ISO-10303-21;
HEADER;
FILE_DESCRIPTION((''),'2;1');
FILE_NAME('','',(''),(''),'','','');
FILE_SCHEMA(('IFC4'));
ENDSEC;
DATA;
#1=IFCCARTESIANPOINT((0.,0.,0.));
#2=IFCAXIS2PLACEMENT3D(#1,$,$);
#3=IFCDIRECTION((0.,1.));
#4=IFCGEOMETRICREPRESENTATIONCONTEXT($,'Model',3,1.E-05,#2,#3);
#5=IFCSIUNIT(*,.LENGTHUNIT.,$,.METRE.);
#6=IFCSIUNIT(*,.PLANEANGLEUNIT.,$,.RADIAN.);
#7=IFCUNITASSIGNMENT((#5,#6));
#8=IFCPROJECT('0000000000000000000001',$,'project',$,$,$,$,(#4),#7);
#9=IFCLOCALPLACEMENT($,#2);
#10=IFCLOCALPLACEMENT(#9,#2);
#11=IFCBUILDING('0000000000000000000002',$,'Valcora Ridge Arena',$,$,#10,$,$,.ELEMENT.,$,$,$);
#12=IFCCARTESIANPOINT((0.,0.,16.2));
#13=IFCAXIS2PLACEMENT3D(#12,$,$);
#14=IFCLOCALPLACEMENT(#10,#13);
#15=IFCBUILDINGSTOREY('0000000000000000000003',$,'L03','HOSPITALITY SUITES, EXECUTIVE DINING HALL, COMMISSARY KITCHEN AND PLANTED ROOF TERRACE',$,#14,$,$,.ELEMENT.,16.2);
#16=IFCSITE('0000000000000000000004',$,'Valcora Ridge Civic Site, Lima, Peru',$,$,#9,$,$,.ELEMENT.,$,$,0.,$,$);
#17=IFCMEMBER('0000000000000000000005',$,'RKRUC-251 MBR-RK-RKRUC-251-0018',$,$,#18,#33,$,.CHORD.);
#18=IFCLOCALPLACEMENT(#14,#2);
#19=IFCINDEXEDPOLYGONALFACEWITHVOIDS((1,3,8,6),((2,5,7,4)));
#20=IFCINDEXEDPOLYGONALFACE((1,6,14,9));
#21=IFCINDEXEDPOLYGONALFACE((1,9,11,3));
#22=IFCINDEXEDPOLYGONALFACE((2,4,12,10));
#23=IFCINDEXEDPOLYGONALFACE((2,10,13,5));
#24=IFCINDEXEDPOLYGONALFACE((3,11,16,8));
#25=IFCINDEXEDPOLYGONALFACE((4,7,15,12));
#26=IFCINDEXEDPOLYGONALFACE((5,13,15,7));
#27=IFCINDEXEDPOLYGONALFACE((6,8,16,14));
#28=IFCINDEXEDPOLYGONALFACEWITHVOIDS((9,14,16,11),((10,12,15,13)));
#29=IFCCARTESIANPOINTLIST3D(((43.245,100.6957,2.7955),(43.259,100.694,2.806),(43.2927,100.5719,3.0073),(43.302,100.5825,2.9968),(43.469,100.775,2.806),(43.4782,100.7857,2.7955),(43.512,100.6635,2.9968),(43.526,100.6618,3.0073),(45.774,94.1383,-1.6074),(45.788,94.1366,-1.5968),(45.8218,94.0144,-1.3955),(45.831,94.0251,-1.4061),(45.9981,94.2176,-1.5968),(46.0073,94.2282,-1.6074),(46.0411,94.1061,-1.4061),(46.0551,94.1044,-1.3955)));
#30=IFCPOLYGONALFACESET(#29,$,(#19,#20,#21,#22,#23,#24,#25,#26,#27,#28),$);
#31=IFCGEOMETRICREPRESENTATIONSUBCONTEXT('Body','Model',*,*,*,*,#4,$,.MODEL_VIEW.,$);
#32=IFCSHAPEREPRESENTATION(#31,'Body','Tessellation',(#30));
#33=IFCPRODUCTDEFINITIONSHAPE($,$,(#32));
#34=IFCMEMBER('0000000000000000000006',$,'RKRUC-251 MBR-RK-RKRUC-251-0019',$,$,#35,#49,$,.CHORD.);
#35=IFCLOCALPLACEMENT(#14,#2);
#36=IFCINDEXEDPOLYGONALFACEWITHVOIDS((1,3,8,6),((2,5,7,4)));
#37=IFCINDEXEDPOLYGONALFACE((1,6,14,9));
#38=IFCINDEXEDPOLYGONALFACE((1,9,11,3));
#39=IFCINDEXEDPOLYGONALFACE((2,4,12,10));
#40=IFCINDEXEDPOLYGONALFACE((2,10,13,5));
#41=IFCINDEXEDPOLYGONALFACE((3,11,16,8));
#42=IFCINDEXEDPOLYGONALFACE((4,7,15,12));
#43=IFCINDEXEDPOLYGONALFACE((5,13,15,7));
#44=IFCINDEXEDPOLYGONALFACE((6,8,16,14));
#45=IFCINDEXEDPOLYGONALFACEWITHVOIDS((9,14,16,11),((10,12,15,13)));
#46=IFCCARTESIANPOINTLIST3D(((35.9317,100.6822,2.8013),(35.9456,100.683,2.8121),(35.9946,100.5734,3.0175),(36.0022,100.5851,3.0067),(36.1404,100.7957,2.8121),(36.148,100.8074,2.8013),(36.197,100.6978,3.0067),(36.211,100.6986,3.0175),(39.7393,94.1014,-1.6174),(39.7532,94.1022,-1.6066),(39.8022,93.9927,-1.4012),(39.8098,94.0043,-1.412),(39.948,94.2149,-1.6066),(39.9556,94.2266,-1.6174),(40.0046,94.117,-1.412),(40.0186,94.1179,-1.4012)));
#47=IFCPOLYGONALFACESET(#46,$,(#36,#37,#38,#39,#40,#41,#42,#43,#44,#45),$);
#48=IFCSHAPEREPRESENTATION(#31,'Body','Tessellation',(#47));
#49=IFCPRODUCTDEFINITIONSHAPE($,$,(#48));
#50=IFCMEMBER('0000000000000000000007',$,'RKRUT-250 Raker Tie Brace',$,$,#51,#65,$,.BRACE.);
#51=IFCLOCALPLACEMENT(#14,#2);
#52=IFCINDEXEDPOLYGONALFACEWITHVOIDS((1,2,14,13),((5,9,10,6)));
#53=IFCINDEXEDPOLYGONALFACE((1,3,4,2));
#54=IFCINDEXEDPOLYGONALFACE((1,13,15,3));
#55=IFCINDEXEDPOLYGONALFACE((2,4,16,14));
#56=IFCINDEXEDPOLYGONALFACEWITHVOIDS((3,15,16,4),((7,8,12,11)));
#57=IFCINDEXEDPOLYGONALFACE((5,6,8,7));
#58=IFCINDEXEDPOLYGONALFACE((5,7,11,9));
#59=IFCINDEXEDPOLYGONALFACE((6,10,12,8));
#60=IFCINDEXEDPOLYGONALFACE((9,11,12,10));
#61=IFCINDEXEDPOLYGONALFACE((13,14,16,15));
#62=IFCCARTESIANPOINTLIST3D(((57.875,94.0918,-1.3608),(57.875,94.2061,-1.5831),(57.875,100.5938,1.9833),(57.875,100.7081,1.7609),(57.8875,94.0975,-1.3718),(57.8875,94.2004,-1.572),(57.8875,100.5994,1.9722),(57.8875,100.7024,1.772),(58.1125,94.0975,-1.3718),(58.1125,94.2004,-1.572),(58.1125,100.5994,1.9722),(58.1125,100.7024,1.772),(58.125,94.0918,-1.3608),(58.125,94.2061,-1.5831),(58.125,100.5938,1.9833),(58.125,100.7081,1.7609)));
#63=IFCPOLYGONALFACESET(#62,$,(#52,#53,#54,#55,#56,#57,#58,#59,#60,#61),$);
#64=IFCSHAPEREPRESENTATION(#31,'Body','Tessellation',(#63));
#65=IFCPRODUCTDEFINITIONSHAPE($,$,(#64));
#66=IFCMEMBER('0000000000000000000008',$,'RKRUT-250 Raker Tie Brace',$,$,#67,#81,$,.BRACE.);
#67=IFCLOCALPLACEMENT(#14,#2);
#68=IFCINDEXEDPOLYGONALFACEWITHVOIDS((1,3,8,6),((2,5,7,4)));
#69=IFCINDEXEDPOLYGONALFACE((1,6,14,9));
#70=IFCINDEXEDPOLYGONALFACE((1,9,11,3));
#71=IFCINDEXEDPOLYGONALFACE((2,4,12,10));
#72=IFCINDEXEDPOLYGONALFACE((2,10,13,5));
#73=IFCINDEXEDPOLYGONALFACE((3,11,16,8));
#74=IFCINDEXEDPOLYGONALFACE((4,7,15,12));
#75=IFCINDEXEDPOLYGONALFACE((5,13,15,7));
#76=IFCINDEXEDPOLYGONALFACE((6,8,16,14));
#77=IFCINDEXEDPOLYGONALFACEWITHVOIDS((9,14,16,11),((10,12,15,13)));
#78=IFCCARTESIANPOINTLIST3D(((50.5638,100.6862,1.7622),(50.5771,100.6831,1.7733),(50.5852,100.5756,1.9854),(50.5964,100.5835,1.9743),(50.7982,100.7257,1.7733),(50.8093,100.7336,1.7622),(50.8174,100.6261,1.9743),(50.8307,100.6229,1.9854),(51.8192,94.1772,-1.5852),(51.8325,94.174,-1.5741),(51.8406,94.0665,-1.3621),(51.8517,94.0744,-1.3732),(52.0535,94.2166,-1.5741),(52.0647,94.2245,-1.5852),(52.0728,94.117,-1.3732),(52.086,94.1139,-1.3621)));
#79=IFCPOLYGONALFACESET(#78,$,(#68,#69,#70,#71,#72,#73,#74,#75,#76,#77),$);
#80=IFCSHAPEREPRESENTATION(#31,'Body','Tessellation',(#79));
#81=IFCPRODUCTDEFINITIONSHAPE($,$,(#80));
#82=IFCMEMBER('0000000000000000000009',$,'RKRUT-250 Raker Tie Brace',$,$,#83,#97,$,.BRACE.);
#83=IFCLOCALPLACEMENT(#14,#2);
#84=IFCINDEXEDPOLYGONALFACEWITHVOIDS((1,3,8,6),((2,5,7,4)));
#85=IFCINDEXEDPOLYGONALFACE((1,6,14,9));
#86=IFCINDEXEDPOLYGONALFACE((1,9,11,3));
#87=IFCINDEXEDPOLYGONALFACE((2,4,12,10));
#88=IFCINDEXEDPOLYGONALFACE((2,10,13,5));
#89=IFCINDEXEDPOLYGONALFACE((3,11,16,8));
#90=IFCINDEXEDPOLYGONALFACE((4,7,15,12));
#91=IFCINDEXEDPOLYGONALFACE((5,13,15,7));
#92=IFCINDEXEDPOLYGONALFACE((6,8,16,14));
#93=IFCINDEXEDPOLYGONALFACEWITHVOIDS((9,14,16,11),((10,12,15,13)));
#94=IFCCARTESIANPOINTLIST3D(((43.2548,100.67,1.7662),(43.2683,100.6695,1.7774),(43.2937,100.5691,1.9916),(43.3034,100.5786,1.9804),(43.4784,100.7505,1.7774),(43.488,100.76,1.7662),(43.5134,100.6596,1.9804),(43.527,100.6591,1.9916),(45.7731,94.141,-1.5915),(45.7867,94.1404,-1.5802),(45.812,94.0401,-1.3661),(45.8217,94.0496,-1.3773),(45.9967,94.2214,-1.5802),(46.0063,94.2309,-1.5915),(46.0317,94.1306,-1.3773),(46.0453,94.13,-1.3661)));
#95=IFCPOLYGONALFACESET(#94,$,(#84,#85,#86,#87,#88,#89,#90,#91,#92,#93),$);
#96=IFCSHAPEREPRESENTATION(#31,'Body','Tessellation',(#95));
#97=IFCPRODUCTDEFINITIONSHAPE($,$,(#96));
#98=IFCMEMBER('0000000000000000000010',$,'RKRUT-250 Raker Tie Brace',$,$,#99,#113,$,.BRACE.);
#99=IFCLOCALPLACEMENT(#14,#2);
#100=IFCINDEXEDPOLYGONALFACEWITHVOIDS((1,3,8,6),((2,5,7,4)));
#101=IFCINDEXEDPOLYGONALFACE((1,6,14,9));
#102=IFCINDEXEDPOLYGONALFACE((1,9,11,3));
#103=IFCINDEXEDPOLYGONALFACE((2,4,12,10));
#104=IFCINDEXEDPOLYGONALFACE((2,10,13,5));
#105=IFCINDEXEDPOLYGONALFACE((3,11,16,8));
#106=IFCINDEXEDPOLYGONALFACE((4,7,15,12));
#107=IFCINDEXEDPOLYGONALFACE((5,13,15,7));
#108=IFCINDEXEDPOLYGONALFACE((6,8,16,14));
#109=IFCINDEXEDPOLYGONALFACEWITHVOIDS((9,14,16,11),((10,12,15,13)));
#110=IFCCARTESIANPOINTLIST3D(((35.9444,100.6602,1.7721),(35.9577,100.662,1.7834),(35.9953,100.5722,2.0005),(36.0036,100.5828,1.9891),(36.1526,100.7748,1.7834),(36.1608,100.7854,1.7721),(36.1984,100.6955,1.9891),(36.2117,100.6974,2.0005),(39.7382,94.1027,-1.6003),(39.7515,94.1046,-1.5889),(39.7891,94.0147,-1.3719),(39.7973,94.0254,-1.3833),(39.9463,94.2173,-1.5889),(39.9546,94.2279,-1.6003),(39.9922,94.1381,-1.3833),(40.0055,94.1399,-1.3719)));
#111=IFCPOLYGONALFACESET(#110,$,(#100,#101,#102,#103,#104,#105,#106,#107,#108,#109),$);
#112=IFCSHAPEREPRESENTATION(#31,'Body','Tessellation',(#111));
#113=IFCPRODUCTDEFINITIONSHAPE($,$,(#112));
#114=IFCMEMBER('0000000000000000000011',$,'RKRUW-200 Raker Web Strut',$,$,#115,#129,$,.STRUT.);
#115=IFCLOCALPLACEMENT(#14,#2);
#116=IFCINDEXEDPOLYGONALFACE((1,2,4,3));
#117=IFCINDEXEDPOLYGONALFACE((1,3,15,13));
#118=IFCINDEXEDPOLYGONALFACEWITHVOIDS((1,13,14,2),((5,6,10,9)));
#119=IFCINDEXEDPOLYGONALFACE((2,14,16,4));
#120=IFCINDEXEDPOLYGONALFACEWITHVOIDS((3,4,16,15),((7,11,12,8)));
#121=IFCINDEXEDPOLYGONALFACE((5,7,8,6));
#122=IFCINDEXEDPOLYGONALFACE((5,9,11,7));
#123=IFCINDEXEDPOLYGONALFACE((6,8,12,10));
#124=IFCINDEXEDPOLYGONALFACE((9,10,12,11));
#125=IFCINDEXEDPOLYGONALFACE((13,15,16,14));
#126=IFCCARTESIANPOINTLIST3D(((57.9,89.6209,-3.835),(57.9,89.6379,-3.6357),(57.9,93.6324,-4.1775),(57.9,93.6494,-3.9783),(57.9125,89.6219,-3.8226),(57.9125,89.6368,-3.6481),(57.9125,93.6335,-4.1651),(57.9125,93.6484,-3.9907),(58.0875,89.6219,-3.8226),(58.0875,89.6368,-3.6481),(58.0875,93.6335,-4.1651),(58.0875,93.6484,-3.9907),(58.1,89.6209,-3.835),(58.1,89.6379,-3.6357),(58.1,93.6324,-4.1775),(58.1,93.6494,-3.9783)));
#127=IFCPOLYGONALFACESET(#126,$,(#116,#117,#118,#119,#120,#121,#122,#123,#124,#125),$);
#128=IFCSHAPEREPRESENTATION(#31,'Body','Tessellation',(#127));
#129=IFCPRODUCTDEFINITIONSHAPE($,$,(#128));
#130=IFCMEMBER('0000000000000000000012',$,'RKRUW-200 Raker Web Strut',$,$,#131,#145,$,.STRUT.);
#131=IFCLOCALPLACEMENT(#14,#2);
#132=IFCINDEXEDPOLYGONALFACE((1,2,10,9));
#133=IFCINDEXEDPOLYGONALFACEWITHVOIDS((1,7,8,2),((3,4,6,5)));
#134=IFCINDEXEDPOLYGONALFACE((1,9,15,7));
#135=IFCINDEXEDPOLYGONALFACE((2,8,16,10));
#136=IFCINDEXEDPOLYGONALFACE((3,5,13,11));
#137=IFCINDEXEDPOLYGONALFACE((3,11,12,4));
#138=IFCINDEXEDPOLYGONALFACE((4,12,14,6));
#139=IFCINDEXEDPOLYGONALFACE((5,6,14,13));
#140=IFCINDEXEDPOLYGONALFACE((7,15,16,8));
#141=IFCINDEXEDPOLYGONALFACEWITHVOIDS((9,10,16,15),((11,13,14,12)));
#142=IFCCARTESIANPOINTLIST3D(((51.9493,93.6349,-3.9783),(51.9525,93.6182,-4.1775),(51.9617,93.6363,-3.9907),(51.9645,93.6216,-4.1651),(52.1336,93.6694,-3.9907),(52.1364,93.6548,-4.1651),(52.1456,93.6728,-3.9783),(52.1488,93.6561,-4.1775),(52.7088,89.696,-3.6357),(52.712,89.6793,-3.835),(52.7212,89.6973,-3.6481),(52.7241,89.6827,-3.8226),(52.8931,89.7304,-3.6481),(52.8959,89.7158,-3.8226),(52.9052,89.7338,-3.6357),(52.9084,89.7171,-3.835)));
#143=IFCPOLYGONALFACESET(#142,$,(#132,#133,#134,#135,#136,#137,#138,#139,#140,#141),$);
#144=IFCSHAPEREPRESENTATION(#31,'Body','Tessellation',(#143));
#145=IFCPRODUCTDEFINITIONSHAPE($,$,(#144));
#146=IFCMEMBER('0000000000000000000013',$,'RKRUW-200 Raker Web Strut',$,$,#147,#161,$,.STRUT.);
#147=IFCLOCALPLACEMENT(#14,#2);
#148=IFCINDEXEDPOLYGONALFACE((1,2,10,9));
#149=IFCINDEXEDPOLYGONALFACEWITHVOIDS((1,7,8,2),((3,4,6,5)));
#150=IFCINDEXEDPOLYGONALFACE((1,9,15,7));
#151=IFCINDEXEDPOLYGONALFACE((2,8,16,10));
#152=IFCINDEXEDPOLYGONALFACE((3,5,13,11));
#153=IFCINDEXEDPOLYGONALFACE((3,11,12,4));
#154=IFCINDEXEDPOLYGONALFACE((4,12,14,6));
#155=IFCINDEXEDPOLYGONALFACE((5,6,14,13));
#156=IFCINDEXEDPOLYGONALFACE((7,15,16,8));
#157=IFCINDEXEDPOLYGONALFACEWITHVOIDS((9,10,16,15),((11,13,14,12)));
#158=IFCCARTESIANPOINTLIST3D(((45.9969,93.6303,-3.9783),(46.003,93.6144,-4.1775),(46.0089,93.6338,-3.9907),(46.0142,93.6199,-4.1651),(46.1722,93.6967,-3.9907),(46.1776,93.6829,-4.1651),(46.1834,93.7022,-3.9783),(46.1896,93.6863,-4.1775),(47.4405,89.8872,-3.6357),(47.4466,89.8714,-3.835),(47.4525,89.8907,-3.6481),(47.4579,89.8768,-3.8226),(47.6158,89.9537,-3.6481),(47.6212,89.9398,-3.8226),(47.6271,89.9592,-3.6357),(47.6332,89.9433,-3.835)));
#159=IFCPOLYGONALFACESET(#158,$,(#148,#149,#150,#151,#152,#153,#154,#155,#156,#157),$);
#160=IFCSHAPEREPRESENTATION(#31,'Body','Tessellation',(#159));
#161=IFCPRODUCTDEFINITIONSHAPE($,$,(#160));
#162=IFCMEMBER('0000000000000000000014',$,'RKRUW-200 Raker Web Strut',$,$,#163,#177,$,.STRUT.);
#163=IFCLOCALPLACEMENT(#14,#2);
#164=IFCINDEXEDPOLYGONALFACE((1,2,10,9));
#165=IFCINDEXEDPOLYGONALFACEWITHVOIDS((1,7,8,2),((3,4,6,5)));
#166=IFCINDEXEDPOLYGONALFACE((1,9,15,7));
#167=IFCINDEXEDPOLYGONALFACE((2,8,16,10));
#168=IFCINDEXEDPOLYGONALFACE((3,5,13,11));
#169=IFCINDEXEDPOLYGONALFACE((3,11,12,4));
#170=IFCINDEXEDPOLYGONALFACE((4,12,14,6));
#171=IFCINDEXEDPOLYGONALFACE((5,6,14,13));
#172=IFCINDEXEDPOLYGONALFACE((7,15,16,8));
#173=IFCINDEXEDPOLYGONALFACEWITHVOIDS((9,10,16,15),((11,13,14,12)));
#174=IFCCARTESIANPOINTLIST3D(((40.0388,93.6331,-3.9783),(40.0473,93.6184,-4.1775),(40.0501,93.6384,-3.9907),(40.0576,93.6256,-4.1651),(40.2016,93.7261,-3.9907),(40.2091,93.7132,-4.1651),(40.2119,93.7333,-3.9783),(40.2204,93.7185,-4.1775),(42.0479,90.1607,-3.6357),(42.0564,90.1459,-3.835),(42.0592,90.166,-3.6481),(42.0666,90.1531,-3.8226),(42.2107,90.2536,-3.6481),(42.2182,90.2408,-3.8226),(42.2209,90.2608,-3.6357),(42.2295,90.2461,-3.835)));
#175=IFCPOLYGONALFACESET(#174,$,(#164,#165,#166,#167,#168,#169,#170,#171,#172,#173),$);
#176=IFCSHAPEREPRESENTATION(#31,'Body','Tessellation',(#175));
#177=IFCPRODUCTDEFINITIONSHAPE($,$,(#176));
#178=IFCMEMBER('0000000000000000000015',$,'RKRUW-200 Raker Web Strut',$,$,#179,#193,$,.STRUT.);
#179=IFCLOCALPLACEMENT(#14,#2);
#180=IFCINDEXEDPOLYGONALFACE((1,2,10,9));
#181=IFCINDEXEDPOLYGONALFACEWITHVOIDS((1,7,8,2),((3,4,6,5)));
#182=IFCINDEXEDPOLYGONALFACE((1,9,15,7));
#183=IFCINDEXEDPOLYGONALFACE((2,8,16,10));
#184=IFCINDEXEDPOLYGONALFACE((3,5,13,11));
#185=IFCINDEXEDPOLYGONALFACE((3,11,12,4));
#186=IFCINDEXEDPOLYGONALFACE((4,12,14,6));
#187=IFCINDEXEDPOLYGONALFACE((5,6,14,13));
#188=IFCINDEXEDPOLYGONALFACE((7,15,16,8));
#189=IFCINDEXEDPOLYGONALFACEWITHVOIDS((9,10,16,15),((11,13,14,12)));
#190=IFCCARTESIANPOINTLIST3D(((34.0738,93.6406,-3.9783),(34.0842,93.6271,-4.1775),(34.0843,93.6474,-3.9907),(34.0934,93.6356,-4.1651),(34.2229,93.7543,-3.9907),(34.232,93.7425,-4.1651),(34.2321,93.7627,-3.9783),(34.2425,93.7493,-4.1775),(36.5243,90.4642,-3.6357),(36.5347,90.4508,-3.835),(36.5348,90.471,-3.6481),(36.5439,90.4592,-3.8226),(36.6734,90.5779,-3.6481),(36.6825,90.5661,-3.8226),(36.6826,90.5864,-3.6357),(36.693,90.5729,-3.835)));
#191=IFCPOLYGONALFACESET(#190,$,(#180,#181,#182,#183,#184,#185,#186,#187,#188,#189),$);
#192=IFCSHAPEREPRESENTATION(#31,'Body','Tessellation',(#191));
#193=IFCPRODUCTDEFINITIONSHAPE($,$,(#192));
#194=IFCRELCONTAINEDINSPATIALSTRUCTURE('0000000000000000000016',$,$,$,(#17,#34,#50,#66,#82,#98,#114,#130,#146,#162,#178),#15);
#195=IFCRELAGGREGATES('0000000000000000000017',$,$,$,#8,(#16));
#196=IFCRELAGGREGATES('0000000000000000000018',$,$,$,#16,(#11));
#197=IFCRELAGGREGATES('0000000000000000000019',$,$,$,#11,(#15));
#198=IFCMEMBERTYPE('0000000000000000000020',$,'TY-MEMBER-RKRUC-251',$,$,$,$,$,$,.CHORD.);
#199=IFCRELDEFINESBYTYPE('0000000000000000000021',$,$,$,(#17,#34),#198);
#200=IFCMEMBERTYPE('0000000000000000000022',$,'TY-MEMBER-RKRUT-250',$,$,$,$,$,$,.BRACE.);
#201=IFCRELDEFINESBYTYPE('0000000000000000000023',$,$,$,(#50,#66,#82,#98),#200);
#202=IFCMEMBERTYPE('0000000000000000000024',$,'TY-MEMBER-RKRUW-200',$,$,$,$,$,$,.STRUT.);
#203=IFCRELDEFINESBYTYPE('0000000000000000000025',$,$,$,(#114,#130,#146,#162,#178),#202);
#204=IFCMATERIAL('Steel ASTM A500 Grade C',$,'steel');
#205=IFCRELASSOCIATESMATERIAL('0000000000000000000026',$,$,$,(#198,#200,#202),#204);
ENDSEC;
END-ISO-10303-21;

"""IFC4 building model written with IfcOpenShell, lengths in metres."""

from ifc_helpers import new_model, si_unit, direction, frame, origin, origin_2d, place, context, subcontext, project, spatial, hollow_rectangle, extrude, material, material_profile, profile_set, type_object, element, save


model = new_model("IFC4")

# Units and contexts
model_context = context("Model", 3, precision=1e-05, world=origin(), true_north=direction((0.0, 1.0)))
body_context = subcontext(model_context, "Body", "Model", "MODEL_VIEW")
ifc_project = project(units=[si_unit("LENGTHUNIT", "METRE"), si_unit("PLANEANGLEUNIT", "RADIAN")], contexts=[model_context])

# Site, building, storey
site_placement = place(None, origin())
site = spatial("IfcSite", under=ifc_project, at=site_placement, Name="Valcora Ridge Civic Site, Lima, Peru", CompositionType="ELEMENT", RefElevation=0.0)
building_placement = place(site_placement, origin())
building = spatial("IfcBuilding", under=site, at=building_placement, Name="Valcora Ridge Arena", CompositionType="ELEMENT")
storey_placement = place(building_placement, frame((0.0, 0.0, 16.2)))
storey = spatial("IfcBuildingStorey", under=building, at=storey_placement, Name="L03", Description="HOSPITALITY SUITES, EXECUTIVE DINING HALL, COMMISSARY KITCHEN AND PLANTED ROOF TERRACE", CompositionType="ELEMENT", Elevation=16.2)

# Members
ifc_material_1 = material(Name="Steel ASTM A500 Grade C", Category="steel")
ifc_material_profile_1 = material_profile(ifc_material_1, hollow_rectangle(XDim=0.25, YDim=0.25, WallThickness=0.0125, at=origin_2d()), Name="HSS250X250X12")
ifc_profile_set_1 = profile_set([ifc_material_profile_1], Name="Steel ASTM A500 Grade C")
member_type_1 = type_object("IfcMemberType", Name="TY-MEMBER-RKRUC-251", PredefinedType="CHORD", material=ifc_profile_set_1)
member_1_placement = place(storey_placement, frame((45.9146, 94.1213, -1.5015), z_axis=(-0.304948, 0.790675, 0.530885), x_axis=(-0.933012, -0.359845, 0.0)))
element("IfcMember", 1, at=member_1_placement, inside=storey, type_object=member_type_1, Name="RKRUC-251 MBR-RK-RKRUC-251-0018", PredefinedType="CHORD", context=body_context, shape_type="SweptSolid", body=[
    extrude(hollow_rectangle(XDim=0.25, YDim=0.25, WallThickness=0.0125, at=origin_2d()), origin(), (0.0, 0.0, 1.0), 8.2935),
])
member_2_placement = place(storey_placement, frame((39.8789, 94.1096, -1.5093), z_axis=(-0.432992, 0.748351, 0.502482), x_axis=(-0.865559, -0.500807, 0.0)))
element("IfcMember", 2, at=member_2_placement, inside=storey, type_object=member_type_1, Name="RKRUC-251 MBR-RK-RKRUC-251-0019", PredefinedType="CHORD", context=body_context, shape_type="SweptSolid", body=[
    extrude(hollow_rectangle(XDim=0.25, YDim=0.25, WallThickness=0.0125, at=origin_2d()), origin(), (0.0, 0.0, 1.0), 8.7937),
])
ifc_material_profile_2 = material_profile(ifc_material_1, hollow_rectangle(XDim=0.25, YDim=0.25, WallThickness=0.0125, at=origin_2d()), Name="HSS250X250X12")
ifc_profile_set_2 = profile_set([ifc_material_profile_2], Name="Steel ASTM A500 Grade C")
member_type_2 = type_object("IfcMemberType", Name="TY-MEMBER-RKRUT-250", PredefinedType="BRACE", material=ifc_profile_set_2)
member_3_placement = place(storey_placement, frame((58.0, 94.1489, -1.4719), z_axis=(0.0, 0.88928, 0.457362), x_axis=(-1.0, 0.0, 0.0)))
element("IfcMember", 3, at=member_3_placement, inside=storey, type_object=member_type_2, Name="RKRUT-250 Raker Tie Brace", PredefinedType="BRACE", context=body_context, shape_type="SweptSolid", body=[
    extrude(hollow_rectangle(XDim=0.25, YDim=0.25, WallThickness=0.0125, at=origin_2d()), origin(), (0.0, 0.0, 1.0), 7.3115),
])
member_4_placement = place(storey_placement, frame((51.9526, 94.1455, -1.4736), z_axis=(-0.169046, 0.876494, 0.450756), x_axis=(-0.981905, -0.189376, 0.0)))
element("IfcMember", 4, at=member_4_placement, inside=storey, type_object=member_type_2, Name="RKRUT-250 Raker Tie Brace", PredefinedType="BRACE", context=body_context, shape_type="SweptSolid", body=[
    extrude(hollow_rectangle(XDim=0.25, YDim=0.25, WallThickness=0.0125, at=origin_2d()), origin(), (0.0, 0.0, 1.0), 7.4263),
])
member_5_placement = place(storey_placement, frame((45.9092, 94.1355, -1.4788), z_axis=(-0.324453, 0.841186, 0.432593), x_axis=(-0.933003, -0.359867, 0.0)))
element("IfcMember", 5, at=member_5_placement, inside=storey, type_object=member_type_2, Name="RKRUT-250 Raker Tie Brace", PredefinedType="BRACE", context=body_context, shape_type="SweptSolid", body=[
    extrude(hollow_rectangle(XDim=0.25, YDim=0.25, WallThickness=0.0125, at=origin_2d()), origin(), (0.0, 0.0, 1.0), 7.7617),
])
member_6_placement = place(storey_placement, frame((39.8718, 94.1213, -1.4861), z_axis=(-0.457492, 0.79077, 0.406676), x_axis=(-0.865579, -0.500772, 0.0)))
element("IfcMember", 6, at=member_6_placement, inside=storey, type_object=member_type_2, Name="RKRUT-250 Raker Tie Brace", PredefinedType="BRACE", context=body_context, shape_type="SweptSolid", body=[
    extrude(hollow_rectangle(XDim=0.25, YDim=0.25, WallThickness=0.0125, at=origin_2d()), origin(), (0.0, 0.0, 1.0), 8.2925),
])
ifc_material_profile_3 = material_profile(ifc_material_1, hollow_rectangle(XDim=0.2, YDim=0.2, WallThickness=0.0125, at=origin_2d()), Name="HSS200X200X12")
ifc_profile_set_3 = profile_set([ifc_material_profile_3], Name="Steel ASTM A500 Grade C")
member_type_3 = type_object("IfcMemberType", Name="TY-MEMBER-RKRUW-200", PredefinedType="STRUT", material=ifc_profile_set_3)
for number, where, z_axis, x_axis, name in (
    (7, (58.0, 89.6294, -3.7354), (0.0, 0.996374, -0.085078), (-1.0, 0.0, 0.0), "RKRUW-200 Raker Web Strut"),
    (8, (52.8086, 89.7065, -3.7354), (-0.188648, 0.978353, -0.085077), (-0.981913, -0.189335, 0.0), "RKRUW-200 Raker Web Strut"),
):
    element("IfcMember", number, at=place(storey_placement, frame(where, z_axis=z_axis, x_axis=x_axis)), inside=storey, type_object=member_type_3, Name=name, PredefinedType="STRUT", context=body_context, shape_type="SweptSolid", body=[
        extrude(hollow_rectangle(XDim=0.2, YDim=0.2, WallThickness=0.0125, at=origin_2d()), origin(), (0.0, 0.0, 1.0), 4.0261),
    ])
for number, where, z_axis, x_axis, name in (
    (9, (47.5369, 89.9153, -3.7354), (-0.358547, 0.929627, -0.085074), (-0.93301, -0.359852, 0.0), "RKRUW-200 Raker Web Strut"),
    (10, (42.1387, 90.2034, -3.7354), (-0.498976, 0.86243, -0.085073), (-0.865568, -0.500792, 0.0), "RKRUW-200 Raker Web Strut"),
    (11, (36.6086, 90.5186, -3.7354), (-0.608616, 0.788891, -0.085074), (-0.791761, -0.610831, 0.0), "RKRUW-200 Raker Web Strut"),
):
    element("IfcMember", number, at=place(storey_placement, frame(where, z_axis=z_axis, x_axis=x_axis)), inside=storey, type_object=member_type_3, Name=name, PredefinedType="STRUT", context=body_context, shape_type="SweptSolid", body=[
        extrude(hollow_rectangle(XDim=0.2, YDim=0.2, WallThickness=0.0125, at=origin_2d()), origin(), (0.0, 0.0, 1.0), 4.0264),
    ])

save(model, "model.ifc")
